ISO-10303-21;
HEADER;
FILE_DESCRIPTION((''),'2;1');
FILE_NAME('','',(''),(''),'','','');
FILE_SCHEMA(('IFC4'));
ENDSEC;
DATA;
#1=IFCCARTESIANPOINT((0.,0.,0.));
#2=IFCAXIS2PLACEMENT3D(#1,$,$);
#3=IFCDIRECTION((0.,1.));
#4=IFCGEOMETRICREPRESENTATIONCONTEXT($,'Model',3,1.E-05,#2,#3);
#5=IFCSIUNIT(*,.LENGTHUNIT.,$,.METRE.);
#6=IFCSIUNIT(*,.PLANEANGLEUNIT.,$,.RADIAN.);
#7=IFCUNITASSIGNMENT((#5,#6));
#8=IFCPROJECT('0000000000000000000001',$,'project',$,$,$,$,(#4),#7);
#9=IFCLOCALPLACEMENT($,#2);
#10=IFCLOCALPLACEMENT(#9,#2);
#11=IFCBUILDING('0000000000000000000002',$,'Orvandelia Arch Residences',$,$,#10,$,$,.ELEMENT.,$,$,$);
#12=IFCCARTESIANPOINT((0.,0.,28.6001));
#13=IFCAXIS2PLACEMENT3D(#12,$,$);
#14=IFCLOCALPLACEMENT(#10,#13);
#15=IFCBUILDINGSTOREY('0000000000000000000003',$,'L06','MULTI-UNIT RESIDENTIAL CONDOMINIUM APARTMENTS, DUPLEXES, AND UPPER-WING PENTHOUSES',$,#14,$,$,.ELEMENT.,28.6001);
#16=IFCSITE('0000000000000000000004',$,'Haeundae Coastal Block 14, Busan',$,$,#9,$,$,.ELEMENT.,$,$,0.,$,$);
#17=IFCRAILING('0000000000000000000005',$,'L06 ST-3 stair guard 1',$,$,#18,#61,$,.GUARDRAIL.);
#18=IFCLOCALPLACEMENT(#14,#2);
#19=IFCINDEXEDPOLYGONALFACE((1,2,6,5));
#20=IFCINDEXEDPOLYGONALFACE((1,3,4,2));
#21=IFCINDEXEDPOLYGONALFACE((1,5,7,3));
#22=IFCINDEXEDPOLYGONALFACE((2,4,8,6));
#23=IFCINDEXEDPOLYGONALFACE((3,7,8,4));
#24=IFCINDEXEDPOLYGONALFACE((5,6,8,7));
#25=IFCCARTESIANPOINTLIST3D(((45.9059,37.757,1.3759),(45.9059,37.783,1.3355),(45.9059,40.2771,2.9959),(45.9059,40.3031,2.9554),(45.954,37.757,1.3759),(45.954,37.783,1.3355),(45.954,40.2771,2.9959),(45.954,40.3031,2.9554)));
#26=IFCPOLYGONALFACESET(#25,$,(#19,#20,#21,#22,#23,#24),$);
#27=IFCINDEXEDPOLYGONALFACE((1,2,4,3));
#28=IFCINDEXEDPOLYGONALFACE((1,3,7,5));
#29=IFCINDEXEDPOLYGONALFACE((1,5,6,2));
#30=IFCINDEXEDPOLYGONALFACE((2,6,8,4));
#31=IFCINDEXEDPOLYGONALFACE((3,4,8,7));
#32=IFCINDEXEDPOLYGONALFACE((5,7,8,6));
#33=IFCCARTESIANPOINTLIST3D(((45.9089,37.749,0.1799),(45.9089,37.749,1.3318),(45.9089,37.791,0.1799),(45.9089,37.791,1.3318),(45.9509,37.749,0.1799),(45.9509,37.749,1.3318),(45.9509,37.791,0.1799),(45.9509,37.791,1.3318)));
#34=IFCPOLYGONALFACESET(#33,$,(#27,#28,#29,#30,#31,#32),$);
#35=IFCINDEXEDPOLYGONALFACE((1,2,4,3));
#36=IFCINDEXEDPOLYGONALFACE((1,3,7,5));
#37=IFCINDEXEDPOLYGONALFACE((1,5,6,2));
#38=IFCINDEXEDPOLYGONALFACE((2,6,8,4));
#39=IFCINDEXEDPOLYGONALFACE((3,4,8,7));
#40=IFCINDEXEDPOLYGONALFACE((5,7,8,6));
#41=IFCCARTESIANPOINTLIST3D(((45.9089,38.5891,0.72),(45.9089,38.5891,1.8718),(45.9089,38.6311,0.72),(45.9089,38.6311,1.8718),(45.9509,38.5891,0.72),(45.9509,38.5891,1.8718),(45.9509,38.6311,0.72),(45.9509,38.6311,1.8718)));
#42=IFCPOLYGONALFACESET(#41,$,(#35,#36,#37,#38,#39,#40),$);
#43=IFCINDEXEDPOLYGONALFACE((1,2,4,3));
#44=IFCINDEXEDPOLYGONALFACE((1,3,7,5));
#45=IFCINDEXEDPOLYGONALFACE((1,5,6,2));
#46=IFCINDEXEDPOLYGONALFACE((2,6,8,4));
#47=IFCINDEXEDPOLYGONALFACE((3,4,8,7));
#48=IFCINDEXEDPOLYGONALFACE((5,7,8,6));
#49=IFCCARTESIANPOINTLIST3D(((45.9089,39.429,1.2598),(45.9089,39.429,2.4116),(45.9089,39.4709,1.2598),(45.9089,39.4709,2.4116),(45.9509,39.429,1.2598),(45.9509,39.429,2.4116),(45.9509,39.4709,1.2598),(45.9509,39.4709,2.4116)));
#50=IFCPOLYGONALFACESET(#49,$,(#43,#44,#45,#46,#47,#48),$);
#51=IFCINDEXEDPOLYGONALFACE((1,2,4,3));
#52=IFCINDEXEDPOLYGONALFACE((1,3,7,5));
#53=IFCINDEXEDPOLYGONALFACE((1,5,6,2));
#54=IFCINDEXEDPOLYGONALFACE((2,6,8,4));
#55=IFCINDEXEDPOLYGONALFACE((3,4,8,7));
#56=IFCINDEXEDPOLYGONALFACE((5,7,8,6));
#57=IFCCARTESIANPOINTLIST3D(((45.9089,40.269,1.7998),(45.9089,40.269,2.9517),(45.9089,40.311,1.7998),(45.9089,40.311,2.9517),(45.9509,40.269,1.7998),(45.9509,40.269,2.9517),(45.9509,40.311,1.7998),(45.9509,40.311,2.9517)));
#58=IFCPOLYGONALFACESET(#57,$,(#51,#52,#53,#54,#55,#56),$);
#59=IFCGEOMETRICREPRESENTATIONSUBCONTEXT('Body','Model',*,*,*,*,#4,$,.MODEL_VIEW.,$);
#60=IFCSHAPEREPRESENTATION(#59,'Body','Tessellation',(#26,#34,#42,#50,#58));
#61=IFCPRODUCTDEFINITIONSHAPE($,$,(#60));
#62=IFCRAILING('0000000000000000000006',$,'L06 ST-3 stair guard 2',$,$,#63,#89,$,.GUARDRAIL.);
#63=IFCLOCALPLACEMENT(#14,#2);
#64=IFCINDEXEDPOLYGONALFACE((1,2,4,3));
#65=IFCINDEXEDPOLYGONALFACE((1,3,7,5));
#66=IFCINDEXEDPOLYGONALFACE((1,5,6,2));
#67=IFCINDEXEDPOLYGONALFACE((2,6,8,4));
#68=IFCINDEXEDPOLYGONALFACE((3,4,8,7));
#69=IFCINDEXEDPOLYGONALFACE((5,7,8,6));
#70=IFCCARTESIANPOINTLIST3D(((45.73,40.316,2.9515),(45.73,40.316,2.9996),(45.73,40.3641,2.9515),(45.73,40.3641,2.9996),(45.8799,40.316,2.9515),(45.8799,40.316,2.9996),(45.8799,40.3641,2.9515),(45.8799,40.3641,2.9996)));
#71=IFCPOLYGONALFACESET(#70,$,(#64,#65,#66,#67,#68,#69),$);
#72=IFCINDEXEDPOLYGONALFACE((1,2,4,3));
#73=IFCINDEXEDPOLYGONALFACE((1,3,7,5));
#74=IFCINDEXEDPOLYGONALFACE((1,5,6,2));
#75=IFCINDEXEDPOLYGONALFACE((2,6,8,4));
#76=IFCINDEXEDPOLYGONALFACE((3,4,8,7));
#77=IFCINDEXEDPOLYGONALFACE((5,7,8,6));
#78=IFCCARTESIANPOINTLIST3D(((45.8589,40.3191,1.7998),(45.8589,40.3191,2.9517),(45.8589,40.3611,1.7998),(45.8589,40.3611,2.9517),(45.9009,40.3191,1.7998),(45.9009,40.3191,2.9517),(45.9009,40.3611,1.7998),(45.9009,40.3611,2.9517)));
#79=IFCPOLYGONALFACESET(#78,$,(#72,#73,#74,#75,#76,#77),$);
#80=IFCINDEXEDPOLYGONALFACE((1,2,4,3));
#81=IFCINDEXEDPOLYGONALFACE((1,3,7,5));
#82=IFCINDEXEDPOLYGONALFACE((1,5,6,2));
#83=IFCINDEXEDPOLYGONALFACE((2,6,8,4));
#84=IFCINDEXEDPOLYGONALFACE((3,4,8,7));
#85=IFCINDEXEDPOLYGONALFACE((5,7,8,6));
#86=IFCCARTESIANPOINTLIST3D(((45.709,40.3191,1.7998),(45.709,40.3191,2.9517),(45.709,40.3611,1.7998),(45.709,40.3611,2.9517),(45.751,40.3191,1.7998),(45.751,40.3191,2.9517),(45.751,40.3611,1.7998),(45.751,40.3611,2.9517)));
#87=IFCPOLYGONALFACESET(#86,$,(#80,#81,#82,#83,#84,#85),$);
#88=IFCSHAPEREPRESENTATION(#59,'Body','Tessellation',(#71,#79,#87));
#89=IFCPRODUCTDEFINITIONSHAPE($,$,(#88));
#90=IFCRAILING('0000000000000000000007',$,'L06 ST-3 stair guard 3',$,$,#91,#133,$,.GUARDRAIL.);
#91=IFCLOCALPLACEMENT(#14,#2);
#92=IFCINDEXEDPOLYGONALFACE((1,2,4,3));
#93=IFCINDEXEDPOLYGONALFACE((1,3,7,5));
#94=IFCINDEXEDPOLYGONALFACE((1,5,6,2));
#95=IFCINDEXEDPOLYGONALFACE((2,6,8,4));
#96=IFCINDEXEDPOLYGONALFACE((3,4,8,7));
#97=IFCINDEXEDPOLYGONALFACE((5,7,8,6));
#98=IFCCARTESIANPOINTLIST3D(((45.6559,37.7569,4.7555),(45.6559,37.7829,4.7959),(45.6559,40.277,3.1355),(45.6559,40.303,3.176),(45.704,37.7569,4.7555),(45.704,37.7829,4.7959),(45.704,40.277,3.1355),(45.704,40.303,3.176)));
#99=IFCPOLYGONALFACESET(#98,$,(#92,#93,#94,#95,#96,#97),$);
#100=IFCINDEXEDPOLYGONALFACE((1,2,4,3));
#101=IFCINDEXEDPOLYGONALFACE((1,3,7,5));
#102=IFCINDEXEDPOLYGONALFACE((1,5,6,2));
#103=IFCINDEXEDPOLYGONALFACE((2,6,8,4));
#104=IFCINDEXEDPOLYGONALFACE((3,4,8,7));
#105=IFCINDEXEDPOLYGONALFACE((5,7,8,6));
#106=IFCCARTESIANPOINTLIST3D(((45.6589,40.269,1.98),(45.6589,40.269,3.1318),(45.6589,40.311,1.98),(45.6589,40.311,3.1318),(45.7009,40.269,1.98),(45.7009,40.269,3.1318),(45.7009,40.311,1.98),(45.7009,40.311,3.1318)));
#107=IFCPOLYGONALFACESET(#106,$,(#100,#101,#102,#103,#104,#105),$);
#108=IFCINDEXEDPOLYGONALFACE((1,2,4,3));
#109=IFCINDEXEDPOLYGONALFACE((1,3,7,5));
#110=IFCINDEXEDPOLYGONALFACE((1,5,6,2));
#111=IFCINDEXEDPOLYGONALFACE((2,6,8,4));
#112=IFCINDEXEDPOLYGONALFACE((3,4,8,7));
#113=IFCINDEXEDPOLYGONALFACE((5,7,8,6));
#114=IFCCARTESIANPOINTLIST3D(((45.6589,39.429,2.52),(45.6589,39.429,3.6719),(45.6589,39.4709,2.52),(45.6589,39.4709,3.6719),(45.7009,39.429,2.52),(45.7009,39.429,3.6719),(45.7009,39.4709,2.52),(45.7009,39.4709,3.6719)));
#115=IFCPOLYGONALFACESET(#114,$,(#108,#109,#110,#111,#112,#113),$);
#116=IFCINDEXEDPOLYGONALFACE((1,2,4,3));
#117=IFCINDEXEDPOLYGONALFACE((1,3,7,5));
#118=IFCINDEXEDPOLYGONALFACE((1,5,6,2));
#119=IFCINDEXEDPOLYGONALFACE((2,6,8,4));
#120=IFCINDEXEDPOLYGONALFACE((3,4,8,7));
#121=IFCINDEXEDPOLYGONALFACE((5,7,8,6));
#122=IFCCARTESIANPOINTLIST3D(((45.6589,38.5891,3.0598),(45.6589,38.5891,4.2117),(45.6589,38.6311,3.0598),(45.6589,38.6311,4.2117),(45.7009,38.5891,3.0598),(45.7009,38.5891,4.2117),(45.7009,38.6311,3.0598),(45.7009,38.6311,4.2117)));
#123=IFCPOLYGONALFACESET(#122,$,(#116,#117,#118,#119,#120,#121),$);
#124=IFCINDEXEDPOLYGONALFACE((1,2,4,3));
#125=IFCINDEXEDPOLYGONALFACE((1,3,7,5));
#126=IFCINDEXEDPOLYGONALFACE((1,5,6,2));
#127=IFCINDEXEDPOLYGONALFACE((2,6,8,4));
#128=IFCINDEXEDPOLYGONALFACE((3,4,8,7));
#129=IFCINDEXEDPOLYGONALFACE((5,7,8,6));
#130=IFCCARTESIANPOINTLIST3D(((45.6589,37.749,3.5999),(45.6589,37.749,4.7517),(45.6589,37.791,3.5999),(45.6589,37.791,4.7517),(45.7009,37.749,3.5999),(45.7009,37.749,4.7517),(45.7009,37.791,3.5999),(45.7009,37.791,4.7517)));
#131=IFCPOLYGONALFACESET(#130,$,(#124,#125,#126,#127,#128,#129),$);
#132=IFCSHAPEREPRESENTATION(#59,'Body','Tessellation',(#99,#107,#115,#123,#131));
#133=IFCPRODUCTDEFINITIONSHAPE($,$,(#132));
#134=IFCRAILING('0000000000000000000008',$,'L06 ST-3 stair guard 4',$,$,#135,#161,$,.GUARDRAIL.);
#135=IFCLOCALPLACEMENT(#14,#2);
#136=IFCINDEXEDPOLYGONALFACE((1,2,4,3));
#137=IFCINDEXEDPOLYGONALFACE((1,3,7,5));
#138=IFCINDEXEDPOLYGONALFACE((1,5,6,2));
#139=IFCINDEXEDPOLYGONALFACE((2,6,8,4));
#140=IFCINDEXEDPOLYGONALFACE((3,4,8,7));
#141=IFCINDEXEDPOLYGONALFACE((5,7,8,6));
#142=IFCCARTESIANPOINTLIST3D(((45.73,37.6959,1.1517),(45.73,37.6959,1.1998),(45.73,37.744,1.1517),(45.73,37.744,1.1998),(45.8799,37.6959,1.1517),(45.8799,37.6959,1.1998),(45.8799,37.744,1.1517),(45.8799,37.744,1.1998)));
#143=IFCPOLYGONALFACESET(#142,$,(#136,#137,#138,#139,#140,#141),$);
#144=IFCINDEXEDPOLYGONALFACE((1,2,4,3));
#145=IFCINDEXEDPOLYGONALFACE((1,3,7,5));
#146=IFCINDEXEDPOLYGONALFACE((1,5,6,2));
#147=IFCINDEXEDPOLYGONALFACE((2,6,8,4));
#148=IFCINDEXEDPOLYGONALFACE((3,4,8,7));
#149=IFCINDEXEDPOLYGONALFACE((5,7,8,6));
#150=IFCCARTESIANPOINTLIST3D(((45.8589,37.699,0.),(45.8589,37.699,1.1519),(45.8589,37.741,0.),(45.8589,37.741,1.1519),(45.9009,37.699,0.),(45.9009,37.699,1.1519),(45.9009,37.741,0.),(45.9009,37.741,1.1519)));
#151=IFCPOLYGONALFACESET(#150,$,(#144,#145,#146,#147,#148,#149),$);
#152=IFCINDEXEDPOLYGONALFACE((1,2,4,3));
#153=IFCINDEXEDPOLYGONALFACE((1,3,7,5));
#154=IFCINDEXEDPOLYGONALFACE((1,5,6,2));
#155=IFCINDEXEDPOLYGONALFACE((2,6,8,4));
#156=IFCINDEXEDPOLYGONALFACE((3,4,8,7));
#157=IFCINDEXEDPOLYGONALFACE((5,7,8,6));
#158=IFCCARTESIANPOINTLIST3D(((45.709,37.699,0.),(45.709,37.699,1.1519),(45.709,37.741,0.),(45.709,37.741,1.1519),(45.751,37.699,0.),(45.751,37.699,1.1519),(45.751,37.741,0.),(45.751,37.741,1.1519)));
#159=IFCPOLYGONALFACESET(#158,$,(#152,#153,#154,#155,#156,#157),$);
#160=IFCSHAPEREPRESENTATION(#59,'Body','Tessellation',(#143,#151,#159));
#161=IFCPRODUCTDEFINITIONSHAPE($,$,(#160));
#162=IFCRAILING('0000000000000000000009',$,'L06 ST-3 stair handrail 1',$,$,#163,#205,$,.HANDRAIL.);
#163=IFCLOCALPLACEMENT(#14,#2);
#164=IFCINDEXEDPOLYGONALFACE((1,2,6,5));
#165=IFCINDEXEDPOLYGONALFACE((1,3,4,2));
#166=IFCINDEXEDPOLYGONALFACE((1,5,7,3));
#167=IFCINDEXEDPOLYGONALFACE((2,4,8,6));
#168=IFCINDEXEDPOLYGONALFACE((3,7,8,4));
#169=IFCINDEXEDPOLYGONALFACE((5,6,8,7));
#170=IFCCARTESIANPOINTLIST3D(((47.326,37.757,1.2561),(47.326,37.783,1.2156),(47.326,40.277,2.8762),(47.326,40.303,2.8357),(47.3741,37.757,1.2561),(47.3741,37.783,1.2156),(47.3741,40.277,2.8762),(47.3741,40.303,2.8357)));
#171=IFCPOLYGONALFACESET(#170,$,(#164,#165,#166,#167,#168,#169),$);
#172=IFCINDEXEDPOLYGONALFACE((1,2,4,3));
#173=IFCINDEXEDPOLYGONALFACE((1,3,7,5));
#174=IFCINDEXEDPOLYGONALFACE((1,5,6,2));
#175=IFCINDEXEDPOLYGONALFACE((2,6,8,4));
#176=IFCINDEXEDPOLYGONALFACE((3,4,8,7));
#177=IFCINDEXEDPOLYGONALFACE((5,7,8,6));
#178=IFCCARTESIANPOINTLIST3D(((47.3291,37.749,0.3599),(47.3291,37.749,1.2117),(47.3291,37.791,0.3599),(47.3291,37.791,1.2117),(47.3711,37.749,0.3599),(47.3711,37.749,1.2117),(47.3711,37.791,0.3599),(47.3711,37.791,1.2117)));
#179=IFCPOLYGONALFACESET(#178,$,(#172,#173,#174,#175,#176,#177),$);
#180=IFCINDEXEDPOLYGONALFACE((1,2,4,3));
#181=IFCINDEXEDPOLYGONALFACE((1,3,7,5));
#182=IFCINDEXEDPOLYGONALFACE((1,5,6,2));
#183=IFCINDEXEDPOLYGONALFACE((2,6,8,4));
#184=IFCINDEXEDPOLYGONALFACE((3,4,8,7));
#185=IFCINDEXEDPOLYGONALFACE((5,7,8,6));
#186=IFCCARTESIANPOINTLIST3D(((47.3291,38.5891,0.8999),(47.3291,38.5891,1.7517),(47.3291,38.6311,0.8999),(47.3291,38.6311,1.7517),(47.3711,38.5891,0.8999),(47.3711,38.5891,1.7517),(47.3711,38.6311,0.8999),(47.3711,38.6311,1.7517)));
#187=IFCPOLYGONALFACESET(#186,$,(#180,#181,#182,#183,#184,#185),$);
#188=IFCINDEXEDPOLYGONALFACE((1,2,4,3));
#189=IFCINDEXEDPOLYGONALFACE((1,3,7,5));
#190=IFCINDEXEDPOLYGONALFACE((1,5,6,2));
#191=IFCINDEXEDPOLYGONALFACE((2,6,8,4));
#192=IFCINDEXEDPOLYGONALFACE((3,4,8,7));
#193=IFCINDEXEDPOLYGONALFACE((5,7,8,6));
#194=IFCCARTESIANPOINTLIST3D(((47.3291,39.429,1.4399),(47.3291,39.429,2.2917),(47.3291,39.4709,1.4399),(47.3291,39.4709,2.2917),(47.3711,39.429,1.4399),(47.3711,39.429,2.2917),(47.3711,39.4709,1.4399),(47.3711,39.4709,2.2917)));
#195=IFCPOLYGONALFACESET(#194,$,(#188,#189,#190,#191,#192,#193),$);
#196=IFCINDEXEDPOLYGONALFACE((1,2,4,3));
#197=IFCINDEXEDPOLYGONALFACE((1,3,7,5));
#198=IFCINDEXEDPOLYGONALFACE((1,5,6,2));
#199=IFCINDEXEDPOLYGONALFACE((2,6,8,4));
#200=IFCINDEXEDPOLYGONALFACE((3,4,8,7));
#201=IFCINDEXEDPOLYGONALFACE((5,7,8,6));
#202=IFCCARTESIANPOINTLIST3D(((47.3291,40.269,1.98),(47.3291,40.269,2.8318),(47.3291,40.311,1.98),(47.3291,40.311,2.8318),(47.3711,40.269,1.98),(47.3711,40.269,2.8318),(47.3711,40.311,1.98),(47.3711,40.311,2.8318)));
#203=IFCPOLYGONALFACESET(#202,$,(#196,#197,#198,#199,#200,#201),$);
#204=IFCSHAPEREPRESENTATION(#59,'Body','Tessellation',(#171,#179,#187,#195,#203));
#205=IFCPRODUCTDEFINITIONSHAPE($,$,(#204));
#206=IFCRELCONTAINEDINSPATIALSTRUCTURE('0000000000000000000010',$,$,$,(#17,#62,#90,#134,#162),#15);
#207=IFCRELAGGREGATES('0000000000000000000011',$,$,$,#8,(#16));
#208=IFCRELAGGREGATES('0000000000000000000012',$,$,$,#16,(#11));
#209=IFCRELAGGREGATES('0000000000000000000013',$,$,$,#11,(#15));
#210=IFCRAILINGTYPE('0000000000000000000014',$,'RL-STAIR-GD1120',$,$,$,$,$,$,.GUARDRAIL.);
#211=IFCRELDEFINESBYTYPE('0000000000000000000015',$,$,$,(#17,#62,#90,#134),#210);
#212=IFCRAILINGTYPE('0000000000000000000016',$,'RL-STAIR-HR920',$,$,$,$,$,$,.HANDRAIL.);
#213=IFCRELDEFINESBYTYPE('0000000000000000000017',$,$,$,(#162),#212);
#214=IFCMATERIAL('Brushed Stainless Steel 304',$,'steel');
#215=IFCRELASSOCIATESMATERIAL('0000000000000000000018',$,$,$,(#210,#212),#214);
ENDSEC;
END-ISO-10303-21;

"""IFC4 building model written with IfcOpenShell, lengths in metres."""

from ifc_helpers import new_model, si_unit, direction, frame, origin, origin_2d, place, context, subcontext, project, spatial, rectangle, extrude, material, type_object, element, save


model = new_model("IFC4")

# Units and contexts
model_context = context("Model", 3, precision=1e-05, world=origin(), true_north=direction((0.0, 1.0)))
body_context = subcontext(model_context, "Body", "Model", "MODEL_VIEW")
ifc_project = project(units=[si_unit("LENGTHUNIT", "METRE"), si_unit("PLANEANGLEUNIT", "RADIAN")], contexts=[model_context])

# Site, building, storey
site_placement = place(None, origin())
site = spatial("IfcSite", under=ifc_project, at=site_placement, Name="Haeundae Coastal Block 14, Busan", CompositionType="ELEMENT", RefElevation=0.0)
building_placement = place(site_placement, origin())
building = spatial("IfcBuilding", under=site, at=building_placement, Name="Orvandelia Arch Residences", CompositionType="ELEMENT")
storey_placement = place(building_placement, frame((0.0, 0.0, 28.6001)))
storey = spatial("IfcBuildingStorey", under=building, at=storey_placement, Name="L06", Description="MULTI-UNIT RESIDENTIAL CONDOMINIUM APARTMENTS, DUPLEXES, AND UPPER-WING PENTHOUSES", CompositionType="ELEMENT", Elevation=28.6001)

# Railings
ifc_material_1 = material(Name="Brushed Stainless Steel 304", Category="steel")
railing_type_1 = type_object("IfcRailingType", Name="RL-STAIR-GD1120", PredefinedType="GUARDRAIL", material=ifc_material_1)
railing_1_placement = place(storey_placement, frame((45.9299, 37.77, 0.1799)))
element("IfcRailing", 1, at=railing_1_placement, inside=storey, type_object=railing_type_1, Name="L06 ST-3 stair guard 1", PredefinedType="GUARDRAIL", context=body_context, shape_type="SweptSolid", body=[
    extrude(rectangle(XDim=0.0481, YDim=0.0481, at=origin_2d()), frame((0.0, 0.0, 1.1758), z_axis=(0.0, 0.8412, 0.540725), x_axis=(-1.0, 0.0, 0.0)), (0.0, 0.0, 1.0), 2.9958),
    extrude(rectangle(XDim=0.042, YDim=0.042, at=origin_2d()), origin(), (0.0, 0.0, 1.0), 1.1519),
    extrude(rectangle(XDim=0.042, YDim=0.042, at=origin_2d()), frame((0.0, 0.8401, 0.54)), (0.0, 0.0, 1.0), 1.1519),
    extrude(rectangle(XDim=0.042, YDim=0.042, at=origin_2d()), frame((0.0, 1.6799, 1.0798)), (0.0, 0.0, 1.0), 1.1519),
    extrude(rectangle(XDim=0.042, YDim=0.042, at=origin_2d()), frame((0.0, 2.52, 1.6199)), (0.0, 0.0, 1.0), 1.1519),
])
railing_2_placement = place(storey_placement, frame((45.8799, 40.3401, 1.7998)))
element("IfcRailing", 2, at=railing_2_placement, inside=storey, type_object=railing_type_1, Name="L06 ST-3 stair guard 2", PredefinedType="GUARDRAIL", context=body_context, shape_type="SweptSolid", body=[
    extrude(rectangle(XDim=0.0481, YDim=0.0481, at=origin_2d()), frame((0.0, 0.0, 1.1758), z_axis=(-1.0, 0.0, 0.0), x_axis=(0.0, -1.0, 0.0)), (0.0, 0.0, 1.0), 0.1499),
    extrude(rectangle(XDim=0.042, YDim=0.042, at=origin_2d()), origin(), (0.0, 0.0, 1.0), 1.1519),
    extrude(rectangle(XDim=0.042, YDim=0.042, at=origin_2d()), frame((-0.1499, 0.0, 0.0)), (0.0, 0.0, 1.0), 1.1519),
])
railing_3_placement = place(storey_placement, frame((45.6799, 40.29, 1.98)))
element("IfcRailing", 3, at=railing_3_placement, inside=storey, type_object=railing_type_1, Name="L06 ST-3 stair guard 3", PredefinedType="GUARDRAIL", context=body_context, shape_type="SweptSolid", body=[
    extrude(rectangle(XDim=0.0481, YDim=0.0481, at=origin_2d()), frame((0.0, 0.0, 1.1758), z_axis=(0.0, -0.8412, 0.540725), x_axis=(1.0, 0.0, 0.0)), (0.0, 0.0, 1.0), 2.9958),
    extrude(rectangle(XDim=0.042, YDim=0.042, at=origin_2d()), origin(), (0.0, 0.0, 1.0), 1.1519),
    extrude(rectangle(XDim=0.042, YDim=0.042, at=origin_2d()), frame((0.0, -0.8401, 0.54)), (0.0, 0.0, 1.0), 1.1519),
    extrude(rectangle(XDim=0.042, YDim=0.042, at=origin_2d()), frame((0.0, -1.6799, 1.0798)), (0.0, 0.0, 1.0), 1.1519),
    extrude(rectangle(XDim=0.042, YDim=0.042, at=origin_2d()), frame((0.0, -2.52, 1.6199)), (0.0, 0.0, 1.0), 1.1519),
])
railing_4_placement = place(storey_placement, frame((45.8799, 37.72, 0.0)))
element("IfcRailing", 4, at=railing_4_placement, inside=storey, type_object=railing_type_1, Name="L06 ST-3 stair guard 4", PredefinedType="GUARDRAIL", context=body_context, shape_type="SweptSolid", body=[
    extrude(rectangle(XDim=0.0481, YDim=0.0481, at=origin_2d()), frame((0.0, 0.0, 1.1758), z_axis=(-1.0, 0.0, 0.0), x_axis=(0.0, -1.0, 0.0)), (0.0, 0.0, 1.0), 0.1499),
    extrude(rectangle(XDim=0.042, YDim=0.042, at=origin_2d()), origin(), (0.0, 0.0, 1.0), 1.1519),
    extrude(rectangle(XDim=0.042, YDim=0.042, at=origin_2d()), frame((-0.1499, 0.0, 0.0)), (0.0, 0.0, 1.0), 1.1519),
])
railing_type_2 = type_object("IfcRailingType", Name="RL-STAIR-HR920", PredefinedType="HANDRAIL", material=ifc_material_1)
railing_5_placement = place(storey_placement, frame((47.3501, 37.77, 0.3599)))
element("IfcRailing", 5, at=railing_5_placement, inside=storey, type_object=railing_type_2, Name="L06 ST-3 stair handrail 1", PredefinedType="HANDRAIL", context=body_context, shape_type="SweptSolid", body=[
    extrude(rectangle(XDim=0.0481, YDim=0.0481, at=origin_2d()), frame((0.0, 0.0, 0.876), z_axis=(0.0, 0.841163, 0.540782), x_axis=(-1.0, 0.0, 0.0)), (0.0, 0.0, 1.0), 2.9958),
    extrude(rectangle(XDim=0.042, YDim=0.042, at=origin_2d()), origin(), (0.0, 0.0, 1.0), 0.8518),
    extrude(rectangle(XDim=0.042, YDim=0.042, at=origin_2d()), frame((0.0, 0.8401, 0.54)), (0.0, 0.0, 1.0), 0.8518),
    extrude(rectangle(XDim=0.042, YDim=0.042, at=origin_2d()), frame((0.0, 1.6799, 1.0801)), (0.0, 0.0, 1.0), 0.8518),
    extrude(rectangle(XDim=0.042, YDim=0.042, at=origin_2d()), frame((0.0, 2.52, 1.6201)), (0.0, 0.0, 1.0), 0.8518),
])

save(model, "model.ifc")
